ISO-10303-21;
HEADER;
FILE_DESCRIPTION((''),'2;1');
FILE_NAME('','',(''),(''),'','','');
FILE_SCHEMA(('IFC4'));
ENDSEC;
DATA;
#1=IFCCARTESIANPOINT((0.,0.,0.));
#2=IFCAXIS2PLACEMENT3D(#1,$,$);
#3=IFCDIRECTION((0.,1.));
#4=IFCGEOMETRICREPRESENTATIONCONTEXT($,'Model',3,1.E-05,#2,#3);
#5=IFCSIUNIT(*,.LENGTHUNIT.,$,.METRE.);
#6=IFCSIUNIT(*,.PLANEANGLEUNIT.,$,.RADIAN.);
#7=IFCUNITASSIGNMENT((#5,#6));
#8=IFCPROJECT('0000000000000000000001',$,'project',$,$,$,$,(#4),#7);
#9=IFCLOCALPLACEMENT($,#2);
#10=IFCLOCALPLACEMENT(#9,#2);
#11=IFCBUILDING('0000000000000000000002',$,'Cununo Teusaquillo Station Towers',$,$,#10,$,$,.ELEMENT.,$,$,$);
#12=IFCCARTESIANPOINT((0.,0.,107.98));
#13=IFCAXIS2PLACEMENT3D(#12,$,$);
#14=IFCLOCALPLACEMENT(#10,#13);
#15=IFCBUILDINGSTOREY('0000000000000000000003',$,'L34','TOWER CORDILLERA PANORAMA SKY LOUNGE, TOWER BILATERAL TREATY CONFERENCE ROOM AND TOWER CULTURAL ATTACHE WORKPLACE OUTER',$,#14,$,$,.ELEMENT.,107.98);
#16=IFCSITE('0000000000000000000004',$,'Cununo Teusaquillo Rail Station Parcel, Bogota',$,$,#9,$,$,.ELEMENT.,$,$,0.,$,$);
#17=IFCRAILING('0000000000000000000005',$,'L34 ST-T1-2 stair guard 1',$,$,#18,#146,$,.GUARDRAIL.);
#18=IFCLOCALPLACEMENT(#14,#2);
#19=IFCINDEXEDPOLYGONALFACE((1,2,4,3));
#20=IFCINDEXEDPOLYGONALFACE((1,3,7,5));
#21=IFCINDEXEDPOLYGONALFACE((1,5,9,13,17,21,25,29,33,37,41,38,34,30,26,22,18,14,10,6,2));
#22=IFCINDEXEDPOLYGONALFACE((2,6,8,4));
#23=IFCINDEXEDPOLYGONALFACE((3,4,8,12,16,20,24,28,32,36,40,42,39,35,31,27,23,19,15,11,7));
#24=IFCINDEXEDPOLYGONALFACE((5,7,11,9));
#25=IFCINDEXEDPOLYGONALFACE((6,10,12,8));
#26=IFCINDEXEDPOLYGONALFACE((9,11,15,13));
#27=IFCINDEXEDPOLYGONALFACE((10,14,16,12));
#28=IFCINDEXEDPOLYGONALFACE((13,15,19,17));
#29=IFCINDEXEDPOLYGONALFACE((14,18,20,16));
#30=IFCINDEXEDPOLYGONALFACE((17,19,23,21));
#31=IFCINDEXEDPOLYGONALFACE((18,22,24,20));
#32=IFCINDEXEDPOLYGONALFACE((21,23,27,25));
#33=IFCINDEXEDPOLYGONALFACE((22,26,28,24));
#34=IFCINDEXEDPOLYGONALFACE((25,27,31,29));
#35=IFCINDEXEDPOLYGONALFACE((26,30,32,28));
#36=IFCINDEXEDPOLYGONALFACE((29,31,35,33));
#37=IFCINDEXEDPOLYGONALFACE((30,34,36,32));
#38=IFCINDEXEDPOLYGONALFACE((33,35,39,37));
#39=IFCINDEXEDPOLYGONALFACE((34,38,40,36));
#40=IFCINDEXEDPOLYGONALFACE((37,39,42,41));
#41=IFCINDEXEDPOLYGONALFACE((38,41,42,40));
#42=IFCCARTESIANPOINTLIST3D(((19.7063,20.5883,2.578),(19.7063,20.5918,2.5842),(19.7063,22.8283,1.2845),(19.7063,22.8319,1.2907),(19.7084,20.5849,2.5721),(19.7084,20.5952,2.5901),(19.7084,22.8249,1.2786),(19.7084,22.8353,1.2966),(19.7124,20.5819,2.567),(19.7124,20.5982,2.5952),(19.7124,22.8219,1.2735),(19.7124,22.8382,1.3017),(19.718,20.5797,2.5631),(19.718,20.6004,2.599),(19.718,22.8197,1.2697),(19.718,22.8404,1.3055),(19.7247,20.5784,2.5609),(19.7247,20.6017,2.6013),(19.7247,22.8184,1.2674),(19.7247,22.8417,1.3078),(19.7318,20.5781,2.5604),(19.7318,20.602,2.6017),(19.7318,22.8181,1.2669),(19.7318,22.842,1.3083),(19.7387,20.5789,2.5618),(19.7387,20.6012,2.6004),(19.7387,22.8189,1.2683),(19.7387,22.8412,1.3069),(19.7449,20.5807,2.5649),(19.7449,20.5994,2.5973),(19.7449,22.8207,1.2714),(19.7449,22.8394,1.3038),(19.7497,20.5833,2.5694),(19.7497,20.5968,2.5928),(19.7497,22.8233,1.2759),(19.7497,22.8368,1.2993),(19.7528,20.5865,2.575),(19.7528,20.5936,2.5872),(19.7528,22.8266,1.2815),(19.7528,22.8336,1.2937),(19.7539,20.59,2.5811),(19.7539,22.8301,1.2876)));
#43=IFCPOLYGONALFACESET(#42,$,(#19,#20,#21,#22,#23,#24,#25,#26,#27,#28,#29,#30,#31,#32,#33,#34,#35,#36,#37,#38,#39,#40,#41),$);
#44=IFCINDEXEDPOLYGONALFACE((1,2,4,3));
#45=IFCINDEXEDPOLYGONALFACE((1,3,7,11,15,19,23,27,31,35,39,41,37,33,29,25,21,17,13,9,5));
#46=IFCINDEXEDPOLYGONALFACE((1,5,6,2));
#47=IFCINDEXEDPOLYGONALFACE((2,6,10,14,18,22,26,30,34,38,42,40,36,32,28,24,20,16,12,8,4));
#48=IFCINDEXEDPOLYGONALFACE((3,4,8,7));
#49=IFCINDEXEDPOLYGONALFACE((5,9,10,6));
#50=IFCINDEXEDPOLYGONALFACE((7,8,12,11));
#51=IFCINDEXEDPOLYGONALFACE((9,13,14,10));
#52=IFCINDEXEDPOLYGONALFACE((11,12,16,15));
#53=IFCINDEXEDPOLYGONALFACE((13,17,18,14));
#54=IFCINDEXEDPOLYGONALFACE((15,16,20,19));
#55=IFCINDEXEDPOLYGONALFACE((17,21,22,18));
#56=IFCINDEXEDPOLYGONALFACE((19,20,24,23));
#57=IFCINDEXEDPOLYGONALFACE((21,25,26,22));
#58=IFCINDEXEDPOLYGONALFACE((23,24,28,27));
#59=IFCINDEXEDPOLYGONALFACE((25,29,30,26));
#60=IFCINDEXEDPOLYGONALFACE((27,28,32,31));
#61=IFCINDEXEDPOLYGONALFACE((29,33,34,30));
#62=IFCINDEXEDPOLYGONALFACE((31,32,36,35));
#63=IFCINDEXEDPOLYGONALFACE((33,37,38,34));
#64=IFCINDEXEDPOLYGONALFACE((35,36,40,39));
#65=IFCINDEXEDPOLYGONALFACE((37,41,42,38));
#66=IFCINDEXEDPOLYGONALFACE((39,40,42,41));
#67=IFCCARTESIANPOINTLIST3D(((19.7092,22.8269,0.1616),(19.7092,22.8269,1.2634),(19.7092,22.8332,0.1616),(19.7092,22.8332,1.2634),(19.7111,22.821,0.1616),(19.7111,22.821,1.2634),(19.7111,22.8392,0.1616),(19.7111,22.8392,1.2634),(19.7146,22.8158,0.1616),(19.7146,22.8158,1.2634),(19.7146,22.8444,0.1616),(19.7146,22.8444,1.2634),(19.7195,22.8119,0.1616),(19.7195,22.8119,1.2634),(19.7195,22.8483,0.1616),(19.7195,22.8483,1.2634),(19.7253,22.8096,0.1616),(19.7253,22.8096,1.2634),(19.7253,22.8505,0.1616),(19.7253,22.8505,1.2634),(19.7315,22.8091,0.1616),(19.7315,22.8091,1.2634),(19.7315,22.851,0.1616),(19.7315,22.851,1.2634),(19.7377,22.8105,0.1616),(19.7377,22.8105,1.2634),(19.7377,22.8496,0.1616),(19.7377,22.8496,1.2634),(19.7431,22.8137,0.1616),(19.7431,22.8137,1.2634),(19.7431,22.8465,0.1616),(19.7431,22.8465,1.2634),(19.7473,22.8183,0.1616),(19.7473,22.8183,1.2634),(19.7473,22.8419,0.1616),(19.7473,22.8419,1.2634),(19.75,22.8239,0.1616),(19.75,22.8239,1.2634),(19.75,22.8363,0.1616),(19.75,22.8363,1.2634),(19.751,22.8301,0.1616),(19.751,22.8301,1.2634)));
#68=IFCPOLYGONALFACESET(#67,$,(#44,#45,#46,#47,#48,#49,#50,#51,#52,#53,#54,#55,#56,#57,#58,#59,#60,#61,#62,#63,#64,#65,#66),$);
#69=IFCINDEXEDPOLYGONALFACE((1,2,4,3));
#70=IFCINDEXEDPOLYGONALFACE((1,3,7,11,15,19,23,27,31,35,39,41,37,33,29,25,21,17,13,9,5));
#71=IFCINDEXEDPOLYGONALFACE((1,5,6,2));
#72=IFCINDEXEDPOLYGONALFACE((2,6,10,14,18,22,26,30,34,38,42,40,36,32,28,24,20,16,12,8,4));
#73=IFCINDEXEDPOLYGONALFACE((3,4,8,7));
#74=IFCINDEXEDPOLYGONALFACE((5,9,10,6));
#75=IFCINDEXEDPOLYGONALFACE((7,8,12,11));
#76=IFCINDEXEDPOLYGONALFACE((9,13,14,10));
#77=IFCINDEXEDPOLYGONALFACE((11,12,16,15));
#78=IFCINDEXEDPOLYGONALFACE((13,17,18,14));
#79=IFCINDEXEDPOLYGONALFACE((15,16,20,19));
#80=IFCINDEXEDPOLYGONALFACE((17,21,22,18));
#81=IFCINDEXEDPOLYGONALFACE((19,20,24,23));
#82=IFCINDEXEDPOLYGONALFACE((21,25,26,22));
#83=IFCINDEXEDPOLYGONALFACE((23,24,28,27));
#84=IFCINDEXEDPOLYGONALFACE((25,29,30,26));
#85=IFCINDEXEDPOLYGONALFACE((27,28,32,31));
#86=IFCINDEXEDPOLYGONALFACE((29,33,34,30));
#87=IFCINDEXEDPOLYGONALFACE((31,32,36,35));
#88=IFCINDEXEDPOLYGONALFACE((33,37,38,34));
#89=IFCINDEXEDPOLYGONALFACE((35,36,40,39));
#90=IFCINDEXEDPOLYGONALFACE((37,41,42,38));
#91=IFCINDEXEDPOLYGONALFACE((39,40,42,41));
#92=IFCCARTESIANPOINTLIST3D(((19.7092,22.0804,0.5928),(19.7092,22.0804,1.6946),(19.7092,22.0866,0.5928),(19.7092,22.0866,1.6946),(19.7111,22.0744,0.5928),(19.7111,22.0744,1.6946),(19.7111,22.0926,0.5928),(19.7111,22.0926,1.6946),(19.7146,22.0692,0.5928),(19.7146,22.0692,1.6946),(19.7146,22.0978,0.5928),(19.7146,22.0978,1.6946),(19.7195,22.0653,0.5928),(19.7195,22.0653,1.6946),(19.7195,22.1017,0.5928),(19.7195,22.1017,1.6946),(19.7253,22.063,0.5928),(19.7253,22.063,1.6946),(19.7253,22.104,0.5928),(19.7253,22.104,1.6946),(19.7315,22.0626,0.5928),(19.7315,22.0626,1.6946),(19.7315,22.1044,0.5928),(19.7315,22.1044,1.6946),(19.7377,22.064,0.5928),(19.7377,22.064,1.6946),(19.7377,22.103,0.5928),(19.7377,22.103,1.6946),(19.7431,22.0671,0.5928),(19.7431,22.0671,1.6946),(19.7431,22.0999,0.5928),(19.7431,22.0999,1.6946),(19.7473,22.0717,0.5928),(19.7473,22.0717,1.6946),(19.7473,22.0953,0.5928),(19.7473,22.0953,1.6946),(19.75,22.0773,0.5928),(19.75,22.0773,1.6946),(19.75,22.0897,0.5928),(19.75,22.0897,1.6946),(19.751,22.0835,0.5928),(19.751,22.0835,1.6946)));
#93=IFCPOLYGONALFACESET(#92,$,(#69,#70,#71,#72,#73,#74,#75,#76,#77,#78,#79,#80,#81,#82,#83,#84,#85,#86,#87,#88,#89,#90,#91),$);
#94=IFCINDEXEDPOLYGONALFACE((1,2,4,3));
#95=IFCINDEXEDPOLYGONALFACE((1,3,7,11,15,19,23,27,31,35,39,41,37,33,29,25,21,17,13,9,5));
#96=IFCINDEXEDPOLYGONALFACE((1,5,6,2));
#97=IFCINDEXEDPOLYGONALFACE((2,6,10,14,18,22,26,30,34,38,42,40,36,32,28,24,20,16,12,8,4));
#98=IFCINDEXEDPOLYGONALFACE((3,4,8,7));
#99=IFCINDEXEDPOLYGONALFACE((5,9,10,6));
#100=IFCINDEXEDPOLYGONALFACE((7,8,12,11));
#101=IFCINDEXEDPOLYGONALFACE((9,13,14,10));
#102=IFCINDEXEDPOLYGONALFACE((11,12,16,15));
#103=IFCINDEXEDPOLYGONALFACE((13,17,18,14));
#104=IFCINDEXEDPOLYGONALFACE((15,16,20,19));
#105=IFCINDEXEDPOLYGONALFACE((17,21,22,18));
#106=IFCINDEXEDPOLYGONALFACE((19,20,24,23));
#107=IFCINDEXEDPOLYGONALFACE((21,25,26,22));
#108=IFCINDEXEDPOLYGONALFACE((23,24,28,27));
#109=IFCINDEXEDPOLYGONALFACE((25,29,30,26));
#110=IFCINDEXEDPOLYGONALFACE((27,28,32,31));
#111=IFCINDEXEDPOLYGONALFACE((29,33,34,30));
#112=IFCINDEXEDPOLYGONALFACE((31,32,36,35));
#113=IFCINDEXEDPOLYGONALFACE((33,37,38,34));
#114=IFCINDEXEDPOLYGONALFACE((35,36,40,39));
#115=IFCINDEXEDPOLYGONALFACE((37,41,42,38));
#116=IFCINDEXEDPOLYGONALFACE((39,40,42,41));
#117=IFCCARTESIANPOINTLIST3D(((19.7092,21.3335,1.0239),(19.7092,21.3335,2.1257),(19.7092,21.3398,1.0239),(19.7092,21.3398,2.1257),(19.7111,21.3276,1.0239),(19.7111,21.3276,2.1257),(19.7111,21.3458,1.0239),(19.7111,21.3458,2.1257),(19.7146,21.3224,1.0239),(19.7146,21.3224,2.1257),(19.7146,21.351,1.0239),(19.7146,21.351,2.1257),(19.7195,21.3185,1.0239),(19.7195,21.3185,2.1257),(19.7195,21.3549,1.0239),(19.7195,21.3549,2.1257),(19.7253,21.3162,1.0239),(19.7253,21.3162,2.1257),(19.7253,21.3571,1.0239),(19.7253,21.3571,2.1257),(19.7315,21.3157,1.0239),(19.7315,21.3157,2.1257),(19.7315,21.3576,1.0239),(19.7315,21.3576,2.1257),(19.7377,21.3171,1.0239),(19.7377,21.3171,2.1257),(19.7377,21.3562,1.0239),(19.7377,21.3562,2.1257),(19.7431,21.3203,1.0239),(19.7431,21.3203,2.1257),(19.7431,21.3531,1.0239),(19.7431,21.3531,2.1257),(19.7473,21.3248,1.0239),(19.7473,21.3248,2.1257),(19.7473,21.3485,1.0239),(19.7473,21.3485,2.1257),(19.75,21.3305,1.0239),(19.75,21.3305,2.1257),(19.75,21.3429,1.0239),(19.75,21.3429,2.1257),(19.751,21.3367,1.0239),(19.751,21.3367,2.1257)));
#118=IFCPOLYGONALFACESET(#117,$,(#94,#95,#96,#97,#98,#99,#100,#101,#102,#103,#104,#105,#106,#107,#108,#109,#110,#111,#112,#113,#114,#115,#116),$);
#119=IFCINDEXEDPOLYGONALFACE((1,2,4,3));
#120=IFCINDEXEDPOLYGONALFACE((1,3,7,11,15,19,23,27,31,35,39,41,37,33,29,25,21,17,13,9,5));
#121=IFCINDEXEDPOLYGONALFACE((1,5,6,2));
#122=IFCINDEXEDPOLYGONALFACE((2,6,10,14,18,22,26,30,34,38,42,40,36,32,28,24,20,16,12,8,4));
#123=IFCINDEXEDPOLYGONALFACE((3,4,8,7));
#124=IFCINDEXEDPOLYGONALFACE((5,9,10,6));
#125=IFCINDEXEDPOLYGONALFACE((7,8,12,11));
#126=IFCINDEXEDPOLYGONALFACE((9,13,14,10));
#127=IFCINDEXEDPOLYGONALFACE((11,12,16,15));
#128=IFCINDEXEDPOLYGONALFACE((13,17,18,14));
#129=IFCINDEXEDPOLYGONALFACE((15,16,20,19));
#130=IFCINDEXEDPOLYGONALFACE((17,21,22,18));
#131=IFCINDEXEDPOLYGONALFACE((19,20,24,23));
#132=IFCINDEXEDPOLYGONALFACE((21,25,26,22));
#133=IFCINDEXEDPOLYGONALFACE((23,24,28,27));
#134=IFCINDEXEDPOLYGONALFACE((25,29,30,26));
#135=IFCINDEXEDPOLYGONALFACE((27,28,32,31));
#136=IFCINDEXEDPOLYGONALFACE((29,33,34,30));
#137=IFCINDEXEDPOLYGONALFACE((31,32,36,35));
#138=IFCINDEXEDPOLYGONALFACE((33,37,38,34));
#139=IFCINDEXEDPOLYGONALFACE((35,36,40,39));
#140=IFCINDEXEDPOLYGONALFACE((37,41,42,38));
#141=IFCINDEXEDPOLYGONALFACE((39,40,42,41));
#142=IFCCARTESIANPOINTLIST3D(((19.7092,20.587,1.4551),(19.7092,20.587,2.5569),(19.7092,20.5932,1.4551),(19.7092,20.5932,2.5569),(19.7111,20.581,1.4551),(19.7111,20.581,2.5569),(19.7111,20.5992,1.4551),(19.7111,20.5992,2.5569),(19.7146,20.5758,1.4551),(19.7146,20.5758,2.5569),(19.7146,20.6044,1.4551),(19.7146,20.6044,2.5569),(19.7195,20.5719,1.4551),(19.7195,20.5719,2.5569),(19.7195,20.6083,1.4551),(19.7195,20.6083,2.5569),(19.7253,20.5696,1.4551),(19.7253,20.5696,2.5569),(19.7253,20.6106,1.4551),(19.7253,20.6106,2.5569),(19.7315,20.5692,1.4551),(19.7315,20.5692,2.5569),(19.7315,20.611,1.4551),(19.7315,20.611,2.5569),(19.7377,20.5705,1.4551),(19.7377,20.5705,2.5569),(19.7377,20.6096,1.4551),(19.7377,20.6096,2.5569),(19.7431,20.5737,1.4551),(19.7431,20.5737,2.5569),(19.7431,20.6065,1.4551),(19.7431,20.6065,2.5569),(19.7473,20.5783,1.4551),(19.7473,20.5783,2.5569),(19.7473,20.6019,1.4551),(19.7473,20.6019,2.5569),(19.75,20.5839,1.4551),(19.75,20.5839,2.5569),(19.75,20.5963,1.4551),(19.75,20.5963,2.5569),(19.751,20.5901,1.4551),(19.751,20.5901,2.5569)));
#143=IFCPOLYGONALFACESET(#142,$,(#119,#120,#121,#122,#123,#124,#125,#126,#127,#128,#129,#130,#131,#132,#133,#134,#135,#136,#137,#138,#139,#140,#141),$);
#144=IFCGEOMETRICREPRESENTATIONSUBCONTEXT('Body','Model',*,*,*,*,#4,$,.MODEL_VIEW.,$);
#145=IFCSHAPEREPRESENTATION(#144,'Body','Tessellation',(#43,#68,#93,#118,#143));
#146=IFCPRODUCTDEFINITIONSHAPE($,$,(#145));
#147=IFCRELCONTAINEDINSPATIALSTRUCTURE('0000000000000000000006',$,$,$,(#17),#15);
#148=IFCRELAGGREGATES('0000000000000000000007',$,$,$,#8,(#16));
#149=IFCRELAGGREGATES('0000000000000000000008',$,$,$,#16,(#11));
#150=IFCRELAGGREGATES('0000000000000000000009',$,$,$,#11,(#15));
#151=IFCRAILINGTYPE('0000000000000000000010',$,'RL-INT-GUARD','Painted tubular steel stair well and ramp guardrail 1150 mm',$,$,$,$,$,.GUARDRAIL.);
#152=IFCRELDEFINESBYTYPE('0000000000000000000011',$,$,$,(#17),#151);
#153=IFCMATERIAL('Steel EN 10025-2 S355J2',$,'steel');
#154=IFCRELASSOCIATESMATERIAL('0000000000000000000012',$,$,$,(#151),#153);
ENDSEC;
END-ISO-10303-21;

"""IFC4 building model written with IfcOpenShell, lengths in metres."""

from ifc_helpers import new_model, si_unit, direction, frame, origin, origin_2d, place, context, subcontext, project, spatial, circle, extrude, material, type_object, element, save


model = new_model("IFC4")

# Units and contexts
model_context = context("Model", 3, precision=1e-05, world=origin(), true_north=direction((0.0, 1.0)))
body_context = subcontext(model_context, "Body", "Model", "MODEL_VIEW")
ifc_project = project(units=[si_unit("LENGTHUNIT", "METRE"), si_unit("PLANEANGLEUNIT", "RADIAN")], contexts=[model_context])

# Site, building, storey
site_placement = place(None, origin())
site = spatial("IfcSite", under=ifc_project, at=site_placement, Name="Cununo Teusaquillo Rail Station Parcel, Bogota", CompositionType="ELEMENT", RefElevation=0.0)
building_placement = place(site_placement, origin())
building = spatial("IfcBuilding", under=site, at=building_placement, Name="Cununo Teusaquillo Station Towers", CompositionType="ELEMENT")
storey_placement = place(building_placement, frame((0.0, 0.0, 107.98)))
storey = spatial("IfcBuildingStorey", under=building, at=storey_placement, Name="L34", Description="TOWER CORDILLERA PANORAMA SKY LOUNGE, TOWER BILATERAL TREATY CONFERENCE ROOM AND TOWER CULTURAL ATTACHE WORKPLACE OUTER", CompositionType="ELEMENT", Elevation=107.98)

# Railing
ifc_material_1 = material(Name="Steel EN 10025-2 S355J2", Category="steel")
railing_type_1 = type_object("IfcRailingType", Name="RL-INT-GUARD", Description="Painted tubular steel stair well and ramp guardrail 1150 mm", PredefinedType="GUARDRAIL", material=ifc_material_1)
railing_1_placement = place(storey_placement, frame((19.73, 22.8301, 0.1616)))
element("IfcRailing", 1, at=railing_1_placement, inside=storey, type_object=railing_type_1, Name="L34 ST-T1-2 stair guard 1", PredefinedType="GUARDRAIL", context=body_context, shape_type="SweptSolid", body=[
    extrude(circle(Radius=0.0239, at=origin_2d()), frame((0.0, 0.0, 1.126), z_axis=(0.0, -0.865992, 0.500057), x_axis=(1.0, 0.0, 0.0)), (0.0, 0.0, 1.0), 2.5867),
    extrude(circle(Radius=0.021, at=origin_2d()), origin(), (0.0, 0.0, 1.0), 1.1018),
    extrude(circle(Radius=0.021, at=origin_2d()), frame((0.0, -0.7466, 0.4312)), (0.0, 0.0, 1.0), 1.1018),
    extrude(circle(Radius=0.021, at=origin_2d()), frame((0.0, -1.4934, 0.8623)), (0.0, 0.0, 1.0), 1.1018),
    extrude(circle(Radius=0.021, at=origin_2d()), frame((0.0, -2.24, 1.2935)), (0.0, 0.0, 1.0), 1.1018),
])

save(model, "model.ifc")
